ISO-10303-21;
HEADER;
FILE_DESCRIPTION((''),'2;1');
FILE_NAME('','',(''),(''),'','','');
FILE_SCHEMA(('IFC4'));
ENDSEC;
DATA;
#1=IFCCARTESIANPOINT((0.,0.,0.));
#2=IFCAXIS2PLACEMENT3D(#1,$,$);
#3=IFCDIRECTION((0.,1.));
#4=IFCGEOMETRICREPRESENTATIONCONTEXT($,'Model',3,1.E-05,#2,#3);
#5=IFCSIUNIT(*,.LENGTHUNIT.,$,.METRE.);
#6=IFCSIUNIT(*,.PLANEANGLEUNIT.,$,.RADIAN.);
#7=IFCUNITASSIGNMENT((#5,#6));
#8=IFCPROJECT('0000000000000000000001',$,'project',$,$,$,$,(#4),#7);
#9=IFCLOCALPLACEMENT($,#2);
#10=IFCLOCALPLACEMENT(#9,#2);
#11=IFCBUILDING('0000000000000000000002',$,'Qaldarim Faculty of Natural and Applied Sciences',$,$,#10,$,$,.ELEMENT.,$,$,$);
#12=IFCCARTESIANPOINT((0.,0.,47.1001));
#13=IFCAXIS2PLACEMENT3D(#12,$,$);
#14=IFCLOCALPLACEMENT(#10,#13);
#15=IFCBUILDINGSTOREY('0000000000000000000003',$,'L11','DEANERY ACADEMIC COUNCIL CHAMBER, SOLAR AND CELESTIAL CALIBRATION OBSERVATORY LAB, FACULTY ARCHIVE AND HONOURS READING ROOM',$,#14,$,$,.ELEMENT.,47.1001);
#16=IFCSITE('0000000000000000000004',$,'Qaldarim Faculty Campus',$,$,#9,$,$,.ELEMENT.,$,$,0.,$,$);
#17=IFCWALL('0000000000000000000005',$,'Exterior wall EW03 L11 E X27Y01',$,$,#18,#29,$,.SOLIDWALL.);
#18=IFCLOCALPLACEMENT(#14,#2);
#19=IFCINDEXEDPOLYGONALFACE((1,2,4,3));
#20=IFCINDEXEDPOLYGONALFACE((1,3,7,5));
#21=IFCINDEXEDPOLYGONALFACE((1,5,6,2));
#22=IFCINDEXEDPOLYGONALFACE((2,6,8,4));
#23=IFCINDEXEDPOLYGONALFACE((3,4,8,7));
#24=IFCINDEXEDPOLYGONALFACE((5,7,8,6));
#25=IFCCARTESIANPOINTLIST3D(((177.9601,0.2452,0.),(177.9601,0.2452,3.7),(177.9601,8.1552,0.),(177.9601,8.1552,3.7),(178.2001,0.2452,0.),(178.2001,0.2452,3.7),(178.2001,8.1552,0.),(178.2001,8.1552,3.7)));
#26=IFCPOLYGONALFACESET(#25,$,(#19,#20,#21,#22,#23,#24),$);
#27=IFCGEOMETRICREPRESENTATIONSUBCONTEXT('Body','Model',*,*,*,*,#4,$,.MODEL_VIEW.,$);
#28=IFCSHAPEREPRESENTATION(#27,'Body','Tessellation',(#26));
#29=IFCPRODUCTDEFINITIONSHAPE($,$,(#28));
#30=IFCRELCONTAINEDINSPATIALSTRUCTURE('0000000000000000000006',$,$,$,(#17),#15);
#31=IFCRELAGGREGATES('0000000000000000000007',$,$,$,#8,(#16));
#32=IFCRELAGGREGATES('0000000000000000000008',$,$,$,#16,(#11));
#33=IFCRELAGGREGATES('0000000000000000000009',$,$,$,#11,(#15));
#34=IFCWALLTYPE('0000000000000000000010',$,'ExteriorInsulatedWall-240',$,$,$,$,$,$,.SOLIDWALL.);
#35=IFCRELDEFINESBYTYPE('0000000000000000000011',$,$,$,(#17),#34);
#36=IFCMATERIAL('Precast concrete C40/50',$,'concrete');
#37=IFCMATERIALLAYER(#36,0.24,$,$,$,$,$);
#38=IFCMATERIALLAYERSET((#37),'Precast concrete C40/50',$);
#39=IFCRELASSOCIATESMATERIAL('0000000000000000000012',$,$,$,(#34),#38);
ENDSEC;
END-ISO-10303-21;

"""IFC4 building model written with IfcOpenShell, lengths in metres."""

from ifc_helpers import new_model, si_unit, direction, frame, frame_2d, origin, place, context, subcontext, project, spatial, rectangle, extrude, material, layer, layer_set, type_object, element, save


model = new_model("IFC4")

# Units and contexts
model_context = context("Model", 3, precision=1e-05, world=origin(), true_north=direction((0.0, 1.0)))
body_context = subcontext(model_context, "Body", "Model", "MODEL_VIEW")
ifc_project = project(units=[si_unit("LENGTHUNIT", "METRE"), si_unit("PLANEANGLEUNIT", "RADIAN")], contexts=[model_context])

# Site, building, storey
site_placement = place(None, origin())
site = spatial("IfcSite", under=ifc_project, at=site_placement, Name="Qaldarim Faculty Campus", CompositionType="ELEMENT", RefElevation=0.0)
building_placement = place(site_placement, origin())
building = spatial("IfcBuilding", under=site, at=building_placement, Name="Qaldarim Faculty of Natural and Applied Sciences", CompositionType="ELEMENT")
storey_placement = place(building_placement, frame((0.0, 0.0, 47.1001)))
storey = spatial("IfcBuildingStorey", under=building, at=storey_placement, Name="L11", Description="DEANERY ACADEMIC COUNCIL CHAMBER, SOLAR AND CELESTIAL CALIBRATION OBSERVATORY LAB, FACULTY ARCHIVE AND HONOURS READING ROOM", CompositionType="ELEMENT", Elevation=47.1001)

# Wall
ifc_material_1 = material(Name="Precast concrete C40/50", Category="concrete")
ifc_layer_1 = layer(ifc_material_1, 0.24)
ifc_layer_set_1 = layer_set([ifc_layer_1], Name="Precast concrete C40/50")
wall_type = type_object("IfcWallType", Name="ExteriorInsulatedWall-240", PredefinedType="SOLIDWALL", material=ifc_layer_set_1)
wall_placement = place(storey_placement, frame((178.0801, 0.2451, 0.0), z_axis=(0.0, 0.0, 1.0), x_axis=(0.0, 1.0, 0.0)))
element("IfcWall", 1, at=wall_placement, inside=storey, type_object=wall_type, Name="Exterior wall EW03 L11 E X27Y01", PredefinedType="SOLIDWALL", context=body_context, shape_type="SweptSolid", body=[
    extrude(rectangle(XDim=7.9099, YDim=0.24, at=frame_2d((3.9551, 0.0))), origin(), (0.0, 0.0, 1.0), 3.7),
])

save(model, "model.ifc")
